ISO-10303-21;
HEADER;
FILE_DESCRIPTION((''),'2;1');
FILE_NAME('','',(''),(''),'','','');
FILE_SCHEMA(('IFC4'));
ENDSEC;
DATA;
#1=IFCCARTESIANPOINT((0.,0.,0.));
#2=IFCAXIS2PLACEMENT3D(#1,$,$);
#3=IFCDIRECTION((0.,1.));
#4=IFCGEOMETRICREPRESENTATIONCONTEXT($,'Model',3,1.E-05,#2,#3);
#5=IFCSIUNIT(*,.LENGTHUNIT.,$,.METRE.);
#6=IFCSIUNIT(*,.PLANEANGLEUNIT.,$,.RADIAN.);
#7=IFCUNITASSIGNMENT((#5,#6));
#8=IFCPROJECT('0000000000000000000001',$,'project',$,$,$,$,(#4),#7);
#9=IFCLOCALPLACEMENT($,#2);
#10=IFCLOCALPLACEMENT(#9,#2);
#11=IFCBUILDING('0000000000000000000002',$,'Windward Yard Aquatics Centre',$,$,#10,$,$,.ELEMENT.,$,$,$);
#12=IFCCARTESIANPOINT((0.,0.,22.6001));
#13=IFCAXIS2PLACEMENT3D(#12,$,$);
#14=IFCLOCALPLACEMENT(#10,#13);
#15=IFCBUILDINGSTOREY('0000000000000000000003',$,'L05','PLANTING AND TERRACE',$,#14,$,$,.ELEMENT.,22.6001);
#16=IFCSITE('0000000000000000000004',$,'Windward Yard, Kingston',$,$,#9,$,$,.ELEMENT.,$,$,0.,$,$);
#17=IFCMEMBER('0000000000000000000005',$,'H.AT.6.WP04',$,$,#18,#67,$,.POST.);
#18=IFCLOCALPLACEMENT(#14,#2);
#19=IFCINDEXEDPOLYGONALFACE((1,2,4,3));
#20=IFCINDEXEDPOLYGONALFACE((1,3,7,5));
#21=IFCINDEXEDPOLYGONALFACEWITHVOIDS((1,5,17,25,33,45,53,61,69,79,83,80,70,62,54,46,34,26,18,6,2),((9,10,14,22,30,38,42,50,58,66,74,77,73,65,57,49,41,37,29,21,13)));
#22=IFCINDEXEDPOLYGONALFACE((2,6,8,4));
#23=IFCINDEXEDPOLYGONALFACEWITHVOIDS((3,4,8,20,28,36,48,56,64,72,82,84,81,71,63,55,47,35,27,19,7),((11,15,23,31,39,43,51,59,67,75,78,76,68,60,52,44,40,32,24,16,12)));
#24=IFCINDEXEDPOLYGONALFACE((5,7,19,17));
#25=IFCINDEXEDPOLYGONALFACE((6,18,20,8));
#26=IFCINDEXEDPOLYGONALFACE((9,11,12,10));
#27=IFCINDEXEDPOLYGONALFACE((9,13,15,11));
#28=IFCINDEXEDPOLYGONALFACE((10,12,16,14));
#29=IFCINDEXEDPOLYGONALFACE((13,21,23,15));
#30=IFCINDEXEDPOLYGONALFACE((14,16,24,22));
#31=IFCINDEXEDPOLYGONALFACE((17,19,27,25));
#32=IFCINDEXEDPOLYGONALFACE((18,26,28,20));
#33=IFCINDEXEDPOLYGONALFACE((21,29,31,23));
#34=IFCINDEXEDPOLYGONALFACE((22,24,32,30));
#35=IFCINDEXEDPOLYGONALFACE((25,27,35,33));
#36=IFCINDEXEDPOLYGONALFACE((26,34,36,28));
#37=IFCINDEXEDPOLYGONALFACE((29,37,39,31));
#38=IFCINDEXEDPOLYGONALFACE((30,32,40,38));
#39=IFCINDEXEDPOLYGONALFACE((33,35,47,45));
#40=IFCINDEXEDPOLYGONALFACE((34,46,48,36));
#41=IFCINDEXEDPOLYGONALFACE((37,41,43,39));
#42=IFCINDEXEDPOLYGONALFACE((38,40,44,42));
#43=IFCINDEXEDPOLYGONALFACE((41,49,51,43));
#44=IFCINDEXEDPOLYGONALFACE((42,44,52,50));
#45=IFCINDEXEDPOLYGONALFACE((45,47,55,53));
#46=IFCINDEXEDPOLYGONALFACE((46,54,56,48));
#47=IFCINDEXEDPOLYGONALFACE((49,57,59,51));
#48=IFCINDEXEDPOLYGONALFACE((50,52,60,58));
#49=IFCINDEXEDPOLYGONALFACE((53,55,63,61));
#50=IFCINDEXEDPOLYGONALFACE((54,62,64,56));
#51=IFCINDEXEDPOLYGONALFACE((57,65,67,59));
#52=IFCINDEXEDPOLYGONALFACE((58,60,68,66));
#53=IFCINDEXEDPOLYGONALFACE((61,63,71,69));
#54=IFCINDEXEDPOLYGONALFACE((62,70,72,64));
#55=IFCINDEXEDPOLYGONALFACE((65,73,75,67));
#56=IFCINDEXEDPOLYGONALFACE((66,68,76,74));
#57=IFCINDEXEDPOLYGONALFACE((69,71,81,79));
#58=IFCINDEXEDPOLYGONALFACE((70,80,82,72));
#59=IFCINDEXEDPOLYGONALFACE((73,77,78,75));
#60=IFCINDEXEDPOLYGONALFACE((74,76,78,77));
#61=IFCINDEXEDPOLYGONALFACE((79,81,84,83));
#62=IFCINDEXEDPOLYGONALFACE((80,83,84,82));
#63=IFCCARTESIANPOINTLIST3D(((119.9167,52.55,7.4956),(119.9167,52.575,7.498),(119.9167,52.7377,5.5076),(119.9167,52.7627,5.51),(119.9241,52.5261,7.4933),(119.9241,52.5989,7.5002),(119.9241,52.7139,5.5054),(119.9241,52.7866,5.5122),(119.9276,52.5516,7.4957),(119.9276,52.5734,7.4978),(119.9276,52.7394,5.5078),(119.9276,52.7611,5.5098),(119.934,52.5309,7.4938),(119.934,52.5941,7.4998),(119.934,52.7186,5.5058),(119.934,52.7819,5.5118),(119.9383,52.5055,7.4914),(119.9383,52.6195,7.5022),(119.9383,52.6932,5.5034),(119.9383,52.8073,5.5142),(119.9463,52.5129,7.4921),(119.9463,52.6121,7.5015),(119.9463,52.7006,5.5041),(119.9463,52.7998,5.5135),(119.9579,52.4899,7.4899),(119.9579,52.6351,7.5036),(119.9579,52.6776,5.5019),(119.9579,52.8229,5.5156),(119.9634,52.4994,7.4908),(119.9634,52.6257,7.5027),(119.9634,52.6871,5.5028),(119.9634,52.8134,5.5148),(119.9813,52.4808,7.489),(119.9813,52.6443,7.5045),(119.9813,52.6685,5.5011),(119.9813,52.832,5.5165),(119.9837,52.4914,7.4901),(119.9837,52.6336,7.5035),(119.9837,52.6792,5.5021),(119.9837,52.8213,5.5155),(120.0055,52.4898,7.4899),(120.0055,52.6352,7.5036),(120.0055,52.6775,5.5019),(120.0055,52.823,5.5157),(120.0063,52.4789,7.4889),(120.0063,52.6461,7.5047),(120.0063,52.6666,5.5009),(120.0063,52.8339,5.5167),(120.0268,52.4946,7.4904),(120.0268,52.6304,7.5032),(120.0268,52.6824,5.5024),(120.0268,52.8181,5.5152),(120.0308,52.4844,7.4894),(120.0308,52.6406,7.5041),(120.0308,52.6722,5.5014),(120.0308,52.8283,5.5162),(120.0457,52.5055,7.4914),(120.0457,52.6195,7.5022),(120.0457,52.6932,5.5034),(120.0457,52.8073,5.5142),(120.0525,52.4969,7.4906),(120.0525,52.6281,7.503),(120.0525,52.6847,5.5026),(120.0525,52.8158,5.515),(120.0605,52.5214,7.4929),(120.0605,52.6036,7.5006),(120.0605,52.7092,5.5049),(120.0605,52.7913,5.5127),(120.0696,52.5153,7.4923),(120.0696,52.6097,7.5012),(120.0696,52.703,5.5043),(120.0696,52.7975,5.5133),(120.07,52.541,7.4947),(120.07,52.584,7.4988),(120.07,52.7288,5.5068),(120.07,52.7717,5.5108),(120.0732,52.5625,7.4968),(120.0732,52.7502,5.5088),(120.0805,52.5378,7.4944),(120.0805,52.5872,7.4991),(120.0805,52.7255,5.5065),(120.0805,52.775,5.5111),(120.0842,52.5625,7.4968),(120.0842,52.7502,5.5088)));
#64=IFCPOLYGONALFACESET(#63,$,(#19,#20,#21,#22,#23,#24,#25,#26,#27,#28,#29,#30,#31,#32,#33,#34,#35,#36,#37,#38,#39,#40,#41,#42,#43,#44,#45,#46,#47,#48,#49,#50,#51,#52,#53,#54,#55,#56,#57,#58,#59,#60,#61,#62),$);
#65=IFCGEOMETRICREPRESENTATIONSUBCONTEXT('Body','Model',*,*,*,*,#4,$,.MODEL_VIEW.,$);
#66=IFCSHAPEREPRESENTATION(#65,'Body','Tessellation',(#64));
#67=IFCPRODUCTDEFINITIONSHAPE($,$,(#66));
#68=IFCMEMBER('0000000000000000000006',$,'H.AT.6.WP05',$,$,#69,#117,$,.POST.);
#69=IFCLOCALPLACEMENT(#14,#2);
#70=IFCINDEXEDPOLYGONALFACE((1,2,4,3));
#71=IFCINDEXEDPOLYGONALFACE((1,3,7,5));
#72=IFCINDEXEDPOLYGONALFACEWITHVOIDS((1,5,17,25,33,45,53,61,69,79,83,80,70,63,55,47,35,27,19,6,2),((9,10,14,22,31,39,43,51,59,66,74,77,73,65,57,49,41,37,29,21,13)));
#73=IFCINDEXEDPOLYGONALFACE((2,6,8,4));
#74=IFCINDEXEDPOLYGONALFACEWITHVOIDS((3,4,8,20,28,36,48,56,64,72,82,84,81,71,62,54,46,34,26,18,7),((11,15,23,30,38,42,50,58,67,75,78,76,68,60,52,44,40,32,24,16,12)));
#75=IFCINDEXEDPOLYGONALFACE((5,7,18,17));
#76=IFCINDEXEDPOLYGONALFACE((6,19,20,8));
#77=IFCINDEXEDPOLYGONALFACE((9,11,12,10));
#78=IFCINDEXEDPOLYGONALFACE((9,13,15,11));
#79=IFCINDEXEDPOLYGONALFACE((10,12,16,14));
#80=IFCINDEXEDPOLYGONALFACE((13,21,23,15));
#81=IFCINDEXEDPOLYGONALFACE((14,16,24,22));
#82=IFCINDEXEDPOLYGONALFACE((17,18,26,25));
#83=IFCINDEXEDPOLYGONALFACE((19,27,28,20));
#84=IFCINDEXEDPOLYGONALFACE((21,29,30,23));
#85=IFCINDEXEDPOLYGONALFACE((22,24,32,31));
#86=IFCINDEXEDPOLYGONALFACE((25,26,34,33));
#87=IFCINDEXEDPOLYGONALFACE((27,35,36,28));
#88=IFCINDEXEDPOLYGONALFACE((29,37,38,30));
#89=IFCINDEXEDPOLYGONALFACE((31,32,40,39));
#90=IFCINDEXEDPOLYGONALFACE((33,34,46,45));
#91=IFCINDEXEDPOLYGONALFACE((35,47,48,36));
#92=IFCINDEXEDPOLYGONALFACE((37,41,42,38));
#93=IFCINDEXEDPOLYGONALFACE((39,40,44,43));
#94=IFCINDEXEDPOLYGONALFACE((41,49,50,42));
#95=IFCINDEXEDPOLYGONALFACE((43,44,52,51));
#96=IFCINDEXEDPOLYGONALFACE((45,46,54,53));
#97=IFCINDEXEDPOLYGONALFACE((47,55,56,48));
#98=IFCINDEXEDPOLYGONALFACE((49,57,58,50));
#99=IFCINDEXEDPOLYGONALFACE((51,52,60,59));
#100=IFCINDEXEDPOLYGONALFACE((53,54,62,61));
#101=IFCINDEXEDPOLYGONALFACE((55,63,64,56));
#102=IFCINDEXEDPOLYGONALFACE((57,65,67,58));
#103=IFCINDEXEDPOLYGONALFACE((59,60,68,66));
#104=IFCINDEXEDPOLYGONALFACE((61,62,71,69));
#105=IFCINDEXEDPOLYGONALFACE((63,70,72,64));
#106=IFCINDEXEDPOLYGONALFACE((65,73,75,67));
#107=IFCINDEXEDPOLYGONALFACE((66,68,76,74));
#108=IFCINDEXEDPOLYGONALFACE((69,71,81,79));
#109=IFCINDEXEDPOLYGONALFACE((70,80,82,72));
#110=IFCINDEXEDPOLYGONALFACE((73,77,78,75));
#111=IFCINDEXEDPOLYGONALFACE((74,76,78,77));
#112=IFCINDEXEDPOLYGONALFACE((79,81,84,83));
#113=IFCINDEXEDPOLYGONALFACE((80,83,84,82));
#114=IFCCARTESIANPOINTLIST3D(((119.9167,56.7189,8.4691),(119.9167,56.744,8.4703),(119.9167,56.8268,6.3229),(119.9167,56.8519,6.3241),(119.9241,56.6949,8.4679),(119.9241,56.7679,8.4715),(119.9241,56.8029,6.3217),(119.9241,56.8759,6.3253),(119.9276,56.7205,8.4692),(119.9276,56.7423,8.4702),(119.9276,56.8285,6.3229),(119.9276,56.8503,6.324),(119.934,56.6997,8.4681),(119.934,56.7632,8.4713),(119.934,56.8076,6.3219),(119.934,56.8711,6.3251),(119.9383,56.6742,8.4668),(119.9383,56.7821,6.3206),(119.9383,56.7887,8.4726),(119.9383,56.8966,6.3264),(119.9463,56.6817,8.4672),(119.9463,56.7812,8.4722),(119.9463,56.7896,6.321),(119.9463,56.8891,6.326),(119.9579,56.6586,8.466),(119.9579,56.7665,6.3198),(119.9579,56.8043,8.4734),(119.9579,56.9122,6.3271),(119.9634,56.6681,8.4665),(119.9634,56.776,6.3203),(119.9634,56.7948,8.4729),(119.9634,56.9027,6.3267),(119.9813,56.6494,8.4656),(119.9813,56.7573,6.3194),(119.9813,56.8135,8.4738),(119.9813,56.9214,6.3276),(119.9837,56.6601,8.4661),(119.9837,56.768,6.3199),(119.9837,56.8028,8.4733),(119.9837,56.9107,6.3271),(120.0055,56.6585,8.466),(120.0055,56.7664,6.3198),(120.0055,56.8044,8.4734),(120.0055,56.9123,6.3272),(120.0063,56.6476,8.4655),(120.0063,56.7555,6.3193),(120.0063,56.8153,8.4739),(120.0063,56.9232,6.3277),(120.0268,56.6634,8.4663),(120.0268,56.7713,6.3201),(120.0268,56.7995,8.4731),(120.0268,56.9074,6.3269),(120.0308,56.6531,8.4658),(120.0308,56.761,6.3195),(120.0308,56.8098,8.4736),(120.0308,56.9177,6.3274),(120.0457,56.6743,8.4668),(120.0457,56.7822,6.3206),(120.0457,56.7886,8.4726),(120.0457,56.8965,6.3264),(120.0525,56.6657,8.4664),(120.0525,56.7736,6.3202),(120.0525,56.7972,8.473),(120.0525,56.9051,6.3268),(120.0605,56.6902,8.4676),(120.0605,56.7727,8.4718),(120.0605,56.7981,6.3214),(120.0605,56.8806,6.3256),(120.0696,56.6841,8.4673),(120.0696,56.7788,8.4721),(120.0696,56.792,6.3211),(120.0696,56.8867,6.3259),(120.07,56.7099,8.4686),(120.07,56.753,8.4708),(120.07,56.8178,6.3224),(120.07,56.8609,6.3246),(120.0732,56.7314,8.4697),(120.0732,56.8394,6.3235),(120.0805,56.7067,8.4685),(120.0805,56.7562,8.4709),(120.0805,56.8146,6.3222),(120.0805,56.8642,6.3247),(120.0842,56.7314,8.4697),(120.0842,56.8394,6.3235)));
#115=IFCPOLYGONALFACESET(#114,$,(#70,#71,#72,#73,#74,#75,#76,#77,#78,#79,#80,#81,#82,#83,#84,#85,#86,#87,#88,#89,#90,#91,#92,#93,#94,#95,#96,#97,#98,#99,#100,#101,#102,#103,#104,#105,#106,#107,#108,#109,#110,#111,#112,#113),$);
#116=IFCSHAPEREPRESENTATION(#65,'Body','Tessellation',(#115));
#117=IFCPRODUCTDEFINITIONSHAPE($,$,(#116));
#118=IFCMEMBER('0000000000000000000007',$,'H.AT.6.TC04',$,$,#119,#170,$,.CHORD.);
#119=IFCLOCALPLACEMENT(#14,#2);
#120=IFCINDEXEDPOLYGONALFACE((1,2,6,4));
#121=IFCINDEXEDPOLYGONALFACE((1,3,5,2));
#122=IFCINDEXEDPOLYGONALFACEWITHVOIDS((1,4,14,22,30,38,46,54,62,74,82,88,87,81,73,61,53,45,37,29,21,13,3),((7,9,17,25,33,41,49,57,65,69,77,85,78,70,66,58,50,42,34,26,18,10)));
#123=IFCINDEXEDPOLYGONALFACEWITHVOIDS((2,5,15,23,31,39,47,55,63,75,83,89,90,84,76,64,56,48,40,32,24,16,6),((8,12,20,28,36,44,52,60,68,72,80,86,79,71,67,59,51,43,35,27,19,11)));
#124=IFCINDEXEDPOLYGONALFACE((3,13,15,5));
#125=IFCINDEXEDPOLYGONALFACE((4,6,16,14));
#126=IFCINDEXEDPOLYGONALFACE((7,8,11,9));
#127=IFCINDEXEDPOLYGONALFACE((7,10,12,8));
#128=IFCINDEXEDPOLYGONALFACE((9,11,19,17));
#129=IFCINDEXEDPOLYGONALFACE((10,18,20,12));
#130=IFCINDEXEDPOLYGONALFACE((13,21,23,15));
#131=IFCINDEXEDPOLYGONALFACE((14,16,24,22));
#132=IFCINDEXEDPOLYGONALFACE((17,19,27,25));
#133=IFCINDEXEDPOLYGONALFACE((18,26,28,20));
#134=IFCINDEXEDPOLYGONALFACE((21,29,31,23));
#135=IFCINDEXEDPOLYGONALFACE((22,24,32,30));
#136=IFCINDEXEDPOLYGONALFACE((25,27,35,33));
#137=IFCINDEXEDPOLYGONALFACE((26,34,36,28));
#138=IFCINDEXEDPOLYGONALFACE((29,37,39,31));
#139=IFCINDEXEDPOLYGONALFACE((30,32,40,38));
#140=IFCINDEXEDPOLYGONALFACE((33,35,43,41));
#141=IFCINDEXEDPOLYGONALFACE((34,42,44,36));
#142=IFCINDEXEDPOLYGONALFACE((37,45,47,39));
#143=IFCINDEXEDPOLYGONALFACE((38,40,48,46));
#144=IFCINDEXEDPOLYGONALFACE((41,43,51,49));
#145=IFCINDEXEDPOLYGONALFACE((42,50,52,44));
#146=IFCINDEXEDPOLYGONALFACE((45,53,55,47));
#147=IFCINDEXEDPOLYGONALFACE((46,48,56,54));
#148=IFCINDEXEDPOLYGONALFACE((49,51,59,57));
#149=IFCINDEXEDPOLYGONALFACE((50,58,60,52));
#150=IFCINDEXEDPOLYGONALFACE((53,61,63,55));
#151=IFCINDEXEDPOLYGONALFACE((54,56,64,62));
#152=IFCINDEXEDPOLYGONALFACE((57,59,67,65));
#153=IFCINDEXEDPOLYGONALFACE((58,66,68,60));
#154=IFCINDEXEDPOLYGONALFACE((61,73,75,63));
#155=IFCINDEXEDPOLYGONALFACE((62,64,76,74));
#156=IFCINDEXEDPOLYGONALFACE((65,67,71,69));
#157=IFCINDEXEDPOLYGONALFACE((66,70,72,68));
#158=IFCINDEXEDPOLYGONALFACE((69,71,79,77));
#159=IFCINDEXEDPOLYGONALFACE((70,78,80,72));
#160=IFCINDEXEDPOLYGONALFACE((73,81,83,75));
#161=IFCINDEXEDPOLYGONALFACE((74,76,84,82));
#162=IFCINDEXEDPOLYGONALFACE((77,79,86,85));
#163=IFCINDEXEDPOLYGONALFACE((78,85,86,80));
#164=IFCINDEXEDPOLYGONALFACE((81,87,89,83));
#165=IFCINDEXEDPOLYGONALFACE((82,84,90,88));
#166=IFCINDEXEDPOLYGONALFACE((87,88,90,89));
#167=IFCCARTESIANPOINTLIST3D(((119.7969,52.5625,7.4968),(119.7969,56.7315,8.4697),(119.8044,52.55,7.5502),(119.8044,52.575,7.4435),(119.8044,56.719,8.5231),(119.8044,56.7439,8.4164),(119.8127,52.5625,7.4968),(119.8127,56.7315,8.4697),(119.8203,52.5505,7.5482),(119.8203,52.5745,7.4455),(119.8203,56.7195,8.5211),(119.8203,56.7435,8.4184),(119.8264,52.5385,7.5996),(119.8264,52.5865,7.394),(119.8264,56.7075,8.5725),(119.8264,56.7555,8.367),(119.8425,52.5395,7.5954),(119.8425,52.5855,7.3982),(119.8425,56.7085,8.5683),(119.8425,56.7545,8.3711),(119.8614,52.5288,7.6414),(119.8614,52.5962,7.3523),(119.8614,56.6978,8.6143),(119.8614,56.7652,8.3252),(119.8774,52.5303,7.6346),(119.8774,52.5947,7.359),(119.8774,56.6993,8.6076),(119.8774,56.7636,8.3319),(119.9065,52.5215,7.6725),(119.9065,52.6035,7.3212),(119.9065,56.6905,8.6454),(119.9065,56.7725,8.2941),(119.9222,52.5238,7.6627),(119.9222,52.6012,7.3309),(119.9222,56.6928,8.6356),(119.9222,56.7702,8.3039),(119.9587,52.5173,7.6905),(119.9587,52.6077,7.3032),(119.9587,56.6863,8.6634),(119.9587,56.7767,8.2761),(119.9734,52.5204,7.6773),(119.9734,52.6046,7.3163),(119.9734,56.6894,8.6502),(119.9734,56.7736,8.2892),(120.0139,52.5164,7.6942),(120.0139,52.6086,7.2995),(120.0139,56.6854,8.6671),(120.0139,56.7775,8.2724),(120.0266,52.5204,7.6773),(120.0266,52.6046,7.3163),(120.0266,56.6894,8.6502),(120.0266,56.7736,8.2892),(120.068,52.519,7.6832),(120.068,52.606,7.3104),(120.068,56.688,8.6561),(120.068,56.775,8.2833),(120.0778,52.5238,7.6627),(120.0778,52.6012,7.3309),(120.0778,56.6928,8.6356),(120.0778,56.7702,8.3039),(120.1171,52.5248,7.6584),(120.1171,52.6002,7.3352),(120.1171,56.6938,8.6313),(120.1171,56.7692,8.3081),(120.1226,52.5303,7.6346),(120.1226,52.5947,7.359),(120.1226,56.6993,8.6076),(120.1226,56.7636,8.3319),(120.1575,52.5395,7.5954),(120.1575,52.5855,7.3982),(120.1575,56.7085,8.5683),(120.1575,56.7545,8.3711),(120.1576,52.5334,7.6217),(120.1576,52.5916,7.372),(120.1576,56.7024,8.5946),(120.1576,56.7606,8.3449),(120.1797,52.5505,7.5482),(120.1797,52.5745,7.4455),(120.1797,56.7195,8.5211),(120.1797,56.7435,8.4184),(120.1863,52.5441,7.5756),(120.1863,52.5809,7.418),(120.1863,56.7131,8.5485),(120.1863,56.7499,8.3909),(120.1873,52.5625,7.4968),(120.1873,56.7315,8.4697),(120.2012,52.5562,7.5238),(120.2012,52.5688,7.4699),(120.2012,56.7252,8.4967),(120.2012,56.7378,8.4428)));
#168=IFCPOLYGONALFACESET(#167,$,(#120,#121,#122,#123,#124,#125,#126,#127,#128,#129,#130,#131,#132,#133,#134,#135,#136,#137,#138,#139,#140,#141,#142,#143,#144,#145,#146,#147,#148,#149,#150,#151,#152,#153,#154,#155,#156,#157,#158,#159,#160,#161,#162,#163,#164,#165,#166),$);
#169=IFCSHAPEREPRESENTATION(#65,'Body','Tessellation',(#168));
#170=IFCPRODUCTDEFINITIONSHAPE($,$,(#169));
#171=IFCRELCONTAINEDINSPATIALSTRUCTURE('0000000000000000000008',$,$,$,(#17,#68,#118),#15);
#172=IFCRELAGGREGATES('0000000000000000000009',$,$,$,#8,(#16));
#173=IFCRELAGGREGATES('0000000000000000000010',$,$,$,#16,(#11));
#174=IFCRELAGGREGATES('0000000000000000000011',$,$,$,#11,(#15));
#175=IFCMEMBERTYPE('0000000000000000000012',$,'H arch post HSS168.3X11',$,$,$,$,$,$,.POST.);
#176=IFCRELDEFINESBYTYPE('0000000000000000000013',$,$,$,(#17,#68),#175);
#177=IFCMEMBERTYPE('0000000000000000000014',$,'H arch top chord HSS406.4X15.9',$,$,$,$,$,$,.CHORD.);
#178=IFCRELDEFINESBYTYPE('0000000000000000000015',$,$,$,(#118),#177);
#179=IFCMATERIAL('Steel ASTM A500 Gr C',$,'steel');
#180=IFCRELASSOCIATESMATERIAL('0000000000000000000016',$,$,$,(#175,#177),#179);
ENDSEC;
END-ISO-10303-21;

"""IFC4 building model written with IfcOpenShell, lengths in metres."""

from ifc_helpers import new_model, si_unit, direction, frame, origin, origin_2d, place, context, subcontext, project, spatial, hollow_circle, extrude, material, material_profile, profile_set, type_object, element, save


model = new_model("IFC4")

# Units and contexts
model_context = context("Model", 3, precision=1e-05, world=origin(), true_north=direction((0.0, 1.0)))
body_context = subcontext(model_context, "Body", "Model", "MODEL_VIEW")
ifc_project = project(units=[si_unit("LENGTHUNIT", "METRE"), si_unit("PLANEANGLEUNIT", "RADIAN")], contexts=[model_context])

# Site, building, storey
site_placement = place(None, origin())
site = spatial("IfcSite", under=ifc_project, at=site_placement, Name="Windward Yard, Kingston", CompositionType="ELEMENT", RefElevation=0.0)
building_placement = place(site_placement, origin())
building = spatial("IfcBuilding", under=site, at=building_placement, Name="Windward Yard Aquatics Centre", CompositionType="ELEMENT")
storey_placement = place(building_placement, frame((0.0, 0.0, 22.6001)))
storey = spatial("IfcBuildingStorey", under=building, at=storey_placement, Name="L05", Description="PLANTING AND TERRACE", CompositionType="ELEMENT", Elevation=22.6001)

# Members
ifc_material_1 = material(Name="Steel ASTM A500 Gr C", Category="steel")
ifc_material_profile_1 = material_profile(ifc_material_1, hollow_circle(Radius=0.0842, WallThickness=0.011, at=origin_2d()), Name="HSS168.3X11")
ifc_profile_set_1 = profile_set([ifc_material_profile_1], Name="Steel ASTM A500 Gr C")
member_type_1 = type_object("IfcMemberType", Name="H arch post HSS168.3X11", PredefinedType="POST", material=ifc_profile_set_1)
member_1_placement = place(storey_placement, frame((120.0, 52.7502, 5.5088), z_axis=(0.0, -0.094019, 0.99557), x_axis=(1.0, 0.0, 0.0)))
element("IfcMember", 1, at=member_1_placement, inside=storey, type_object=member_type_1, Name="H.AT.6.WP04", PredefinedType="POST", context=body_context, shape_type="SweptSolid", body=[
    extrude(hollow_circle(Radius=0.0842, WallThickness=0.011, at=origin_2d()), origin(), (0.0, 0.0, 1.0), 1.9968),
])
member_2_placement = place(storey_placement, frame((120.0, 56.8394, 6.3235), z_axis=(0.0, -0.050215, 0.998738), x_axis=(1.0, 0.0, 0.0)))
element("IfcMember", 2, at=member_2_placement, inside=storey, type_object=member_type_1, Name="H.AT.6.WP05", PredefinedType="POST", context=body_context, shape_type="SweptSolid", body=[
    extrude(hollow_circle(Radius=0.0842, WallThickness=0.011, at=origin_2d()), origin(), (0.0, 0.0, 1.0), 2.1489),
])
ifc_material_profile_2 = material_profile(ifc_material_1, hollow_circle(Radius=0.2031, WallThickness=0.0159, at=origin_2d()), Name="HSS406.4X15.9")
ifc_profile_set_2 = profile_set([ifc_material_profile_2], Name="Steel ASTM A500 Gr C")
member_type_2 = type_object("IfcMemberType", Name="H arch top chord HSS406.4X15.9", PredefinedType="CHORD", material=ifc_profile_set_2)
member_3_placement = place(storey_placement, frame((120.0, 52.5625, 7.4968), z_axis=(0.0, 0.973834, 0.227262), x_axis=(-1.0, 0.0, 0.0)))
element("IfcMember", 3, at=member_3_placement, inside=storey, type_object=member_type_2, Name="H.AT.6.TC04", PredefinedType="CHORD", context=body_context, shape_type="SweptSolid", body=[
    extrude(hollow_circle(Radius=0.2031, WallThickness=0.0159, at=origin_2d()), origin(), (0.0, 0.0, 1.0), 4.281),
])

save(model, "model.ifc")
